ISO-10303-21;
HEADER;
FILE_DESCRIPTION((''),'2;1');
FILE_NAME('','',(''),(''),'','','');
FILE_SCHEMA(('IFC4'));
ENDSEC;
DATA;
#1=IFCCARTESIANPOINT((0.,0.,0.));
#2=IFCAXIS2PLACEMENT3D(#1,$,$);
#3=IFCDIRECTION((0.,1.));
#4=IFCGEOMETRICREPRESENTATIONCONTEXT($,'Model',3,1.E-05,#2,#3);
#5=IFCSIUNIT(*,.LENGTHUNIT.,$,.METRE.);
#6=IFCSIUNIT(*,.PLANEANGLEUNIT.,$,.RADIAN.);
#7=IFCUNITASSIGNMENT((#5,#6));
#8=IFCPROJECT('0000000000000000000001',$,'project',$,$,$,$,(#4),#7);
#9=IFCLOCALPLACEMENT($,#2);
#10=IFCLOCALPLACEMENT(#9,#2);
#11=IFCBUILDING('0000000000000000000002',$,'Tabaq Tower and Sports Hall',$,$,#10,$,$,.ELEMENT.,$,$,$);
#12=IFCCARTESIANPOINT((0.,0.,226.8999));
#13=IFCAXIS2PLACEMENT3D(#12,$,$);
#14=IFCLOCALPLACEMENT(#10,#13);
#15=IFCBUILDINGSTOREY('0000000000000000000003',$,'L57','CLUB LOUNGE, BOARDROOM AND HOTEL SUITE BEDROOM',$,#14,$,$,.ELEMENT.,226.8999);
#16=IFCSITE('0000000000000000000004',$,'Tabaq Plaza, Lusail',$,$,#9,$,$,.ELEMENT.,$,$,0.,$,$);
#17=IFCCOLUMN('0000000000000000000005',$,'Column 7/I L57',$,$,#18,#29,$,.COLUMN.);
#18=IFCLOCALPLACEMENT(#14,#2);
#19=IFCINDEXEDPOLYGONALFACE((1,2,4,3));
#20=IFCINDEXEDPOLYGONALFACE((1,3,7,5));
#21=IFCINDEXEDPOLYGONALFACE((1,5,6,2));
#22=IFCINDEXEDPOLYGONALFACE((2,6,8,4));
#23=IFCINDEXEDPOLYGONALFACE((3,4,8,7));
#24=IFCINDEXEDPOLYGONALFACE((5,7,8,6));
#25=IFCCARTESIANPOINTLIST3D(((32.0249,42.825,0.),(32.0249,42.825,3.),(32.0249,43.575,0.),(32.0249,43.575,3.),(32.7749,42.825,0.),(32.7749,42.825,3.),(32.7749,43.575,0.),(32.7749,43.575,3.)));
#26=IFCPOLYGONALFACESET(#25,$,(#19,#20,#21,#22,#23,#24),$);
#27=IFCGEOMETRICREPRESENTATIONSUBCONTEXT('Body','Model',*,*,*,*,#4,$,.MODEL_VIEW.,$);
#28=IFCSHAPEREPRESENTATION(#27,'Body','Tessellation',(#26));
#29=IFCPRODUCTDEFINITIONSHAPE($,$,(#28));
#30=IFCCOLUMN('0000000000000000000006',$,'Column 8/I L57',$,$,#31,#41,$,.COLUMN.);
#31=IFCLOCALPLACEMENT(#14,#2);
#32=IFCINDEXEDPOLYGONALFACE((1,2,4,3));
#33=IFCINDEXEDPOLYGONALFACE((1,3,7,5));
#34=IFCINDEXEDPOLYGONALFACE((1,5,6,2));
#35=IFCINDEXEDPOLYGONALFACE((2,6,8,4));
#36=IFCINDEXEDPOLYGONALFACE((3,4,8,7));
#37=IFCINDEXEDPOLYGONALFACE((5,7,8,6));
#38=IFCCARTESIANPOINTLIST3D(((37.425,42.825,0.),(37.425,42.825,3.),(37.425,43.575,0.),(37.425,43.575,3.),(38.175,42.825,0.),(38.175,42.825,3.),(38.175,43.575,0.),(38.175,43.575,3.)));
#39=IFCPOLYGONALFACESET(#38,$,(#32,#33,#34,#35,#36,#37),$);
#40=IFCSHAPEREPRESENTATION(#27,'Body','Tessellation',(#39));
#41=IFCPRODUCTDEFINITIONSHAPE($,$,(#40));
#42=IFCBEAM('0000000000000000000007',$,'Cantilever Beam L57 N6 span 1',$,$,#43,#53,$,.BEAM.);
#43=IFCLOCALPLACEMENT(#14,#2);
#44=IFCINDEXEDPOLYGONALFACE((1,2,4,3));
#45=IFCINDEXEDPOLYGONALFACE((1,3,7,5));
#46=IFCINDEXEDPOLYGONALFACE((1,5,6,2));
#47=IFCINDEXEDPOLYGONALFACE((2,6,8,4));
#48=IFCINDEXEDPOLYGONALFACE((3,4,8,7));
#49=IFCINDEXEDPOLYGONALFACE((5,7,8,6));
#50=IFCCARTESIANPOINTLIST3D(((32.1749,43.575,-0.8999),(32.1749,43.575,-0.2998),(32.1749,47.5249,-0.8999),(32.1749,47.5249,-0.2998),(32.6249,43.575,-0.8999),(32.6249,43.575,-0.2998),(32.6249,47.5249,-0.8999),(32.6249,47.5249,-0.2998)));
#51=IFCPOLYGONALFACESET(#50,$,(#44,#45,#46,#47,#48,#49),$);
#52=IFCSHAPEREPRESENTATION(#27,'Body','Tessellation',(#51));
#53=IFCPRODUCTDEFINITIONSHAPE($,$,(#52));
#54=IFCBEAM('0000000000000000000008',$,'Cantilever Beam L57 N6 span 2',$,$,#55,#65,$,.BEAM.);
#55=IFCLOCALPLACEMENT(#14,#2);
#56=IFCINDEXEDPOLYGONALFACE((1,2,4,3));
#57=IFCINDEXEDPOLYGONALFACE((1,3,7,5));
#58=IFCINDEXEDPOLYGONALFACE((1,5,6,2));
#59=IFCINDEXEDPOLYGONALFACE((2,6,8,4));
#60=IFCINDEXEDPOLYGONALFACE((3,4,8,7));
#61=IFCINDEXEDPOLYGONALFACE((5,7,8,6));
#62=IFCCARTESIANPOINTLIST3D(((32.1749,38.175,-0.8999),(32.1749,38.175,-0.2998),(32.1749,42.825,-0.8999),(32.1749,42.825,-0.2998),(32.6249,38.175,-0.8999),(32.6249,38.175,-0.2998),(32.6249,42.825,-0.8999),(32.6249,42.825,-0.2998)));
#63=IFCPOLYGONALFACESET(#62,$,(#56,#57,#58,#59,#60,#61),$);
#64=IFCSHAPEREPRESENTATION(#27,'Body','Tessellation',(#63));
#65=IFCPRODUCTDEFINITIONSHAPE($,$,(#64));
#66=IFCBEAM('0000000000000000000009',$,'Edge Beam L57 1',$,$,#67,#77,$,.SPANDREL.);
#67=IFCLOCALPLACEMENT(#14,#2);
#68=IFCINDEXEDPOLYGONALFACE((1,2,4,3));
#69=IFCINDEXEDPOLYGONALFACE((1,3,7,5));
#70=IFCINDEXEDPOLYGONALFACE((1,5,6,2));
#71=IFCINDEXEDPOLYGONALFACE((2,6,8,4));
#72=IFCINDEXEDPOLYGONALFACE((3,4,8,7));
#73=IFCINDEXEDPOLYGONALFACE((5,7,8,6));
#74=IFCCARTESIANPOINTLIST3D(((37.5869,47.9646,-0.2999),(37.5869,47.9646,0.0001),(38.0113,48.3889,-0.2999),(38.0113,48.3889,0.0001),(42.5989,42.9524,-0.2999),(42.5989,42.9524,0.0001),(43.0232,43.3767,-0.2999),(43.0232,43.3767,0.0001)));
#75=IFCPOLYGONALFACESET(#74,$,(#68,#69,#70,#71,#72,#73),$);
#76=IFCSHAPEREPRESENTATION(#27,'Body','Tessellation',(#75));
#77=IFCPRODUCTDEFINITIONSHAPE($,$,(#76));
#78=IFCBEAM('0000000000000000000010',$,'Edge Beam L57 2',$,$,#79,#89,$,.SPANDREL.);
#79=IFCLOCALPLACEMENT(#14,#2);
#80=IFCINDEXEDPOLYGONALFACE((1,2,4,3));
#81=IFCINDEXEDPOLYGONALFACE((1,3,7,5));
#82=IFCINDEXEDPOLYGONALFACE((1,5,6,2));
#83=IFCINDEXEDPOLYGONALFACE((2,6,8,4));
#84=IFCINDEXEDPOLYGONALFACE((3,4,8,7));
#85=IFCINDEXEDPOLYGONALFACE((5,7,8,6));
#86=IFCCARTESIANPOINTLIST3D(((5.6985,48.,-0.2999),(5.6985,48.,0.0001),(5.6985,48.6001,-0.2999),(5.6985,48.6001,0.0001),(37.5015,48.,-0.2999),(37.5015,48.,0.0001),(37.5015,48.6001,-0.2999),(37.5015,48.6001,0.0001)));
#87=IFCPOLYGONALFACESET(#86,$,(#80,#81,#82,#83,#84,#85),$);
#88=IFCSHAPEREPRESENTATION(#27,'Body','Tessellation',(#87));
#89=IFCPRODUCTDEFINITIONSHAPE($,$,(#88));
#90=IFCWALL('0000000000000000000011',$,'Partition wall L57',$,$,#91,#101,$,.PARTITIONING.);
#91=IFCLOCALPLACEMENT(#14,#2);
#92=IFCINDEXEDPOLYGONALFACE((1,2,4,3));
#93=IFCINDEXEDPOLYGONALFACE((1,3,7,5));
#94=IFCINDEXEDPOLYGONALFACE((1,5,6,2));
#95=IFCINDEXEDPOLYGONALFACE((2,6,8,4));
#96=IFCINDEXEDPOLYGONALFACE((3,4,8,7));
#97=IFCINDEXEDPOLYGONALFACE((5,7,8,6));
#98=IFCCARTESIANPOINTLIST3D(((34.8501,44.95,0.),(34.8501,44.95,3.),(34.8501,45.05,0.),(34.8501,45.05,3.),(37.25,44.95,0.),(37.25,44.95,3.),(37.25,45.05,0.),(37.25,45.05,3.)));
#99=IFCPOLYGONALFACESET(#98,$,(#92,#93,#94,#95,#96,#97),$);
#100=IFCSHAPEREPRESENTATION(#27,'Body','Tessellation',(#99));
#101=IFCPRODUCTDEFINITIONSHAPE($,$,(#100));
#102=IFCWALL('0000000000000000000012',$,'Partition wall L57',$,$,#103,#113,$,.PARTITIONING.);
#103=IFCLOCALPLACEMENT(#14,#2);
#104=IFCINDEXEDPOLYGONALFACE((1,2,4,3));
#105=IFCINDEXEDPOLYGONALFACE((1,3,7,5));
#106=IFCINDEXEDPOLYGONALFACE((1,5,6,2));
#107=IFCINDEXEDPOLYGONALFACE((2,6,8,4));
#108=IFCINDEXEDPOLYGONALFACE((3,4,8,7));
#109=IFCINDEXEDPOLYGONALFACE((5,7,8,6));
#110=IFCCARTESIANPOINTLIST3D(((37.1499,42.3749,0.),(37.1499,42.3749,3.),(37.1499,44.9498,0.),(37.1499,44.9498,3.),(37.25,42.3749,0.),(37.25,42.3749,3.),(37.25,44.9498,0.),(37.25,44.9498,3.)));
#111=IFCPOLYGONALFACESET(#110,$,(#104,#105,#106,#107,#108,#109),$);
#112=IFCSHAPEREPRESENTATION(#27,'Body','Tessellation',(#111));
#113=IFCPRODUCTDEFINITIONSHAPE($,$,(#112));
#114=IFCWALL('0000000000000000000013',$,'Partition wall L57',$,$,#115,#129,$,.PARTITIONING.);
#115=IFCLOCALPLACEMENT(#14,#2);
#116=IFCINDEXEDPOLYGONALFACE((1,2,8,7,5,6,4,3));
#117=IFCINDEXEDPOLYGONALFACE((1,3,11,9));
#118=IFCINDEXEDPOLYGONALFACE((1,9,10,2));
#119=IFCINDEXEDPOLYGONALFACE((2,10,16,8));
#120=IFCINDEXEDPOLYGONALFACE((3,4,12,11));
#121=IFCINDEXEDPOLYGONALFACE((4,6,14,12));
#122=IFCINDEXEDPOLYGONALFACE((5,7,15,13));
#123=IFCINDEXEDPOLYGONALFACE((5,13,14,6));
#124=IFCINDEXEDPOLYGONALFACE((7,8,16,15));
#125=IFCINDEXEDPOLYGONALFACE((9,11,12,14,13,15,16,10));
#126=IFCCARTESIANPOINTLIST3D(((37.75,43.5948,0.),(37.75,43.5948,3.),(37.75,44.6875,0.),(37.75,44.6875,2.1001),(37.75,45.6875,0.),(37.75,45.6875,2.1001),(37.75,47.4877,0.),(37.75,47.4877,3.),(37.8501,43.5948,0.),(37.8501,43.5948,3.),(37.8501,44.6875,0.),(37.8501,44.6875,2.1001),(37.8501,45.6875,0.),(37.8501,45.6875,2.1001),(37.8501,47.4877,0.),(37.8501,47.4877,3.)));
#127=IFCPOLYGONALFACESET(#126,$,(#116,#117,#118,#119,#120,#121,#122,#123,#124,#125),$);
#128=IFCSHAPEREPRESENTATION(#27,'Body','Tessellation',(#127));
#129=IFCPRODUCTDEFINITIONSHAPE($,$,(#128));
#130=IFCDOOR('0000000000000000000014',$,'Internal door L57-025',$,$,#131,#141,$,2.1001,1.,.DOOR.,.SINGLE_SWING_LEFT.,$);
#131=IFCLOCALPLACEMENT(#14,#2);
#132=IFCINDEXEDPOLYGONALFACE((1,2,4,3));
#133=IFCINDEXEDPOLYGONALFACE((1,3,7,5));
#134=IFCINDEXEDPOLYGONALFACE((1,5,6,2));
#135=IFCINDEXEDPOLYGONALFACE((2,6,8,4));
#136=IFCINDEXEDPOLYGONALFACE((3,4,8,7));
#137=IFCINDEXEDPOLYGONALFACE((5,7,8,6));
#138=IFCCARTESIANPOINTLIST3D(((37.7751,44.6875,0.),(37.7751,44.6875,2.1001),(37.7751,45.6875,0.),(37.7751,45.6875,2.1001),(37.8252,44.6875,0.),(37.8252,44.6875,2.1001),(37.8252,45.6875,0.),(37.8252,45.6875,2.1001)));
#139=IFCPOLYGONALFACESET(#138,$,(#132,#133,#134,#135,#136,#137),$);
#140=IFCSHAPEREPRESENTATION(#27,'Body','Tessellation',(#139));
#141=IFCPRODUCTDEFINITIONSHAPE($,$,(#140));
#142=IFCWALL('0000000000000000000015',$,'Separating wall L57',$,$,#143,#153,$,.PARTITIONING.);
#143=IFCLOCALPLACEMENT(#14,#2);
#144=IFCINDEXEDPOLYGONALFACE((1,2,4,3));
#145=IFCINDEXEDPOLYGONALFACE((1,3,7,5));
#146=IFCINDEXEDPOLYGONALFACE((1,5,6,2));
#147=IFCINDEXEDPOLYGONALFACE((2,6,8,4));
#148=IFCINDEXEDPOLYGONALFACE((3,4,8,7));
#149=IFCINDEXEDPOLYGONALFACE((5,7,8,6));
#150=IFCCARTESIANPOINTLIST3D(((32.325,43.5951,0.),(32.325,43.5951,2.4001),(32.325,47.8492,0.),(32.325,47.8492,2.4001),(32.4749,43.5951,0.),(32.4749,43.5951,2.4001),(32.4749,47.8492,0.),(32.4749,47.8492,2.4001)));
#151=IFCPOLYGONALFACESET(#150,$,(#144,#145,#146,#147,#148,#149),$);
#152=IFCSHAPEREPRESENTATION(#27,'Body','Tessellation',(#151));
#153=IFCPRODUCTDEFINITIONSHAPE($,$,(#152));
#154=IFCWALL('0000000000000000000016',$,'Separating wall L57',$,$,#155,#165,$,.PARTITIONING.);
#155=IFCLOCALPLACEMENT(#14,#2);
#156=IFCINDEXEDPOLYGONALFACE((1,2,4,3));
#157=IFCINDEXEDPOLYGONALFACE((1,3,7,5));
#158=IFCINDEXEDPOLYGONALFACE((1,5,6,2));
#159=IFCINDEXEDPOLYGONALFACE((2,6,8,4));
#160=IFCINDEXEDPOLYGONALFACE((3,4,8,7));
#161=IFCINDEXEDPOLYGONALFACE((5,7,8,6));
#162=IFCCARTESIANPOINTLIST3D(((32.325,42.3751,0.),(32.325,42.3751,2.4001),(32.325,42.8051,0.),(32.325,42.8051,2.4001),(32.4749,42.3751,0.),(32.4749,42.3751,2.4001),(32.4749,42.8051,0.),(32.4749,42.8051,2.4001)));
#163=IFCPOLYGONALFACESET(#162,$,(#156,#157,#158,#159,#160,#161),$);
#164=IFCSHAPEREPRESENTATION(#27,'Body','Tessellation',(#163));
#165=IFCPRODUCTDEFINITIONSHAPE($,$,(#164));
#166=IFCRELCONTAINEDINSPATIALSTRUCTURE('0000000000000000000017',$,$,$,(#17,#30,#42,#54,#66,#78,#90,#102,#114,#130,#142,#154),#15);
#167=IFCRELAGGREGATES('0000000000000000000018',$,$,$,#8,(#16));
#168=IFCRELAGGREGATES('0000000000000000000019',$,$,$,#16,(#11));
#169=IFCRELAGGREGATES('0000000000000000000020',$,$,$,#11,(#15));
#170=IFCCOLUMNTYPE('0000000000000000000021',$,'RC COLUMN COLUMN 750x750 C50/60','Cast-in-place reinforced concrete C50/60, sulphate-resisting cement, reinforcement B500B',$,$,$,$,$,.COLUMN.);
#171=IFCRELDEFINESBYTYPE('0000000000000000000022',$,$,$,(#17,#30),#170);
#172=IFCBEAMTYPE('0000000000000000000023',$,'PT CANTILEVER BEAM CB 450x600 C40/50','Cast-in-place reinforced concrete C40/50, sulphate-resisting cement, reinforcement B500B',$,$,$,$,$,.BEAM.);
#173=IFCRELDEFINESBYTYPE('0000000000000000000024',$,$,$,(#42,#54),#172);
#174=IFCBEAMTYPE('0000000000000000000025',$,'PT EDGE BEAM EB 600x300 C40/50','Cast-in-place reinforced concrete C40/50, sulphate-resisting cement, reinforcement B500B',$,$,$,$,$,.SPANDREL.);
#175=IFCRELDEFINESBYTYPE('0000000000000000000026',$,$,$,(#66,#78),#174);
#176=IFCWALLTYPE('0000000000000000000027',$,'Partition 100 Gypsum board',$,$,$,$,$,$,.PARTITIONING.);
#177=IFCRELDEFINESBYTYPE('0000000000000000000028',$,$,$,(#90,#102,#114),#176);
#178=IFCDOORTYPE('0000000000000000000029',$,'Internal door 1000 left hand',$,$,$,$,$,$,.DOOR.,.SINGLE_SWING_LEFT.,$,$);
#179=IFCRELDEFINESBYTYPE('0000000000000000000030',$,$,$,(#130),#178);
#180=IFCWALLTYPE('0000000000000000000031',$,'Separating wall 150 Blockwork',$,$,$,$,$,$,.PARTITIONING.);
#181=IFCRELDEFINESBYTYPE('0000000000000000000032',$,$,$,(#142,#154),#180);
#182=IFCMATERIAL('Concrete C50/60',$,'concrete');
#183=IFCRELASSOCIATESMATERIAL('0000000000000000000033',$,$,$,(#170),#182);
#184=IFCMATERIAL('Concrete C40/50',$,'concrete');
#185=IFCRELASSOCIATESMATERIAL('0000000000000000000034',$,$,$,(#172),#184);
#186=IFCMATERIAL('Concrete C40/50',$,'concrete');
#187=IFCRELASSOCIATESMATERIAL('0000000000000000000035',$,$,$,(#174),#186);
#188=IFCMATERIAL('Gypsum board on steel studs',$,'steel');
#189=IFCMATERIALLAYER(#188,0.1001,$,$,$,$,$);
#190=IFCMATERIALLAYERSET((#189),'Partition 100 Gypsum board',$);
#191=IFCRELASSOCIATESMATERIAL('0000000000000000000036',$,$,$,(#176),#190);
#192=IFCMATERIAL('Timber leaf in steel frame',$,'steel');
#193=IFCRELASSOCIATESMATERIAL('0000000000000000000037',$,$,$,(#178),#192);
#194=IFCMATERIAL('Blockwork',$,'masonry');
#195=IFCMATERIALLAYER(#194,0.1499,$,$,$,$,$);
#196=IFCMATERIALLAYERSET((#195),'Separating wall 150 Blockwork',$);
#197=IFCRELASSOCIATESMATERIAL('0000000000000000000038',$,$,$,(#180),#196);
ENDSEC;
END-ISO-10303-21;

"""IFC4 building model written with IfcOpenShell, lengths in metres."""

from ifc_helpers import new_model, si_unit, direction, frame, frame_2d, origin, origin_2d, place, context, subcontext, project, spatial, rectangle, extrude, material, layer, layer_set, material_profile, profile_set, type_object, element, fill, save


model = new_model("IFC4")

# Units and contexts
model_context = context("Model", 3, precision=1e-05, world=origin(), true_north=direction((0.0, 1.0)))
body_context = subcontext(model_context, "Body", "Model", "MODEL_VIEW")
ifc_project = project(units=[si_unit("LENGTHUNIT", "METRE"), si_unit("PLANEANGLEUNIT", "RADIAN")], contexts=[model_context])

# Site, building, storey
site_placement = place(None, origin())
site = spatial("IfcSite", under=ifc_project, at=site_placement, Name="Tabaq Plaza, Lusail", CompositionType="ELEMENT", RefElevation=0.0)
building_placement = place(site_placement, origin())
building = spatial("IfcBuilding", under=site, at=building_placement, Name="Tabaq Tower and Sports Hall", CompositionType="ELEMENT")
storey_placement = place(building_placement, frame((0.0, 0.0, 226.8999)))
storey = spatial("IfcBuildingStorey", under=building, at=storey_placement, Name="L57", Description="CLUB LOUNGE, BOARDROOM AND HOTEL SUITE BEDROOM", CompositionType="ELEMENT", Elevation=226.8999)

# Columns
ifc_material_1 = material(Name="Concrete C50/60", Category="concrete")
ifc_material_profile_1 = material_profile(ifc_material_1, rectangle(XDim=0.75, YDim=0.75, at=origin_2d()), Name="COLUMN 750x750")
ifc_profile_set_1 = profile_set([ifc_material_profile_1], Name="Concrete C50/60")
column_type = type_object("IfcColumnType", Name="RC COLUMN COLUMN 750x750 C50/60", Description="Cast-in-place reinforced concrete C50/60, sulphate-resisting cement, reinforcement B500B", PredefinedType="COLUMN", material=ifc_profile_set_1)
for number, where, z_axis, x_axis, name in (
    (1, (32.3999, 43.2, 0.0), (0.0, 0.0, 1.0), (1.0, 0.0, 0.0), "Column 7/I L57"),
    (2, (37.8, 43.2, 0.0), (0.0, 0.0, 1.0), (1.0, 0.0, 0.0), "Column 8/I L57"),
):
    element("IfcColumn", number, at=place(storey_placement, frame(where, z_axis=z_axis, x_axis=x_axis)), inside=storey, type_object=column_type, Name=name, PredefinedType="COLUMN", context=body_context, shape_type="SweptSolid", body=[
        extrude(rectangle(XDim=0.75, YDim=0.75, at=origin_2d()), origin(), (0.0, 0.0, 1.0), 3.0),
    ])

# Beams
ifc_material_2 = material(Name="Concrete C40/50", Category="concrete")
ifc_material_profile_2 = material_profile(ifc_material_2, rectangle(XDim=0.45, YDim=0.6001, at=origin_2d()), Name="CB 450x600")
ifc_profile_set_2 = profile_set([ifc_material_profile_2], Name="Concrete C40/50")
beam_type_1 = type_object("IfcBeamType", Name="PT CANTILEVER BEAM CB 450x600 C40/50", Description="Cast-in-place reinforced concrete C40/50, sulphate-resisting cement, reinforcement B500B", PredefinedType="BEAM", material=ifc_profile_set_2)
beam_1_placement = place(storey_placement, frame((32.3999, 47.5249, -0.5999), z_axis=(0.0, -1.0, 0.0), x_axis=(1.0, 0.0, 0.0)))
element("IfcBeam", 3, at=beam_1_placement, inside=storey, type_object=beam_type_1, Name="Cantilever Beam L57 N6 span 1", PredefinedType="BEAM", context=body_context, shape_type="SweptSolid", body=[
    extrude(rectangle(XDim=0.45, YDim=0.6001, at=origin_2d()), origin(), (0.0, 0.0, 1.0), 3.95),
])
beam_2_placement = place(storey_placement, frame((32.3999, 42.825, -0.5999), z_axis=(0.0, -1.0, 0.0), x_axis=(1.0, 0.0, 0.0)))
element("IfcBeam", 4, at=beam_2_placement, inside=storey, type_object=beam_type_1, Name="Cantilever Beam L57 N6 span 2", PredefinedType="BEAM", context=body_context, shape_type="SweptSolid", body=[
    extrude(rectangle(XDim=0.45, YDim=0.6001, at=origin_2d()), origin(), (0.0, 0.0, 1.0), 4.6499),
])
ifc_material_3 = material(Name="Concrete C40/50", Category="concrete")
ifc_material_profile_3 = material_profile(ifc_material_3, rectangle(XDim=0.6001, YDim=0.3, at=origin_2d()), Name="EB 600x300")
ifc_profile_set_3 = profile_set([ifc_material_profile_3], Name="Concrete C40/50")
beam_type_2 = type_object("IfcBeamType", Name="PT EDGE BEAM EB 600x300 C40/50", Description="Cast-in-place reinforced concrete C40/50, sulphate-resisting cement, reinforcement B500B", PredefinedType="SPANDREL", material=ifc_profile_set_3)
beam_3_placement = place(storey_placement, frame((42.811, 43.1646, -0.1499), z_axis=(-0.70709, 0.707124, 0.0), x_axis=(-0.707124, -0.70709, 0.0)))
element("IfcBeam", 5, at=beam_3_placement, inside=storey, type_object=beam_type_2, Name="Edge Beam L57 1", PredefinedType="SPANDREL", context=body_context, shape_type="SweptSolid", body=[
    extrude(rectangle(XDim=0.6001, YDim=0.3, at=origin_2d()), origin(), (0.0, 0.0, 1.0), 7.0881),
])
beam_4_placement = place(storey_placement, frame((37.5015, 48.3, -0.1499), z_axis=(-1.0, 0.0, 0.0), x_axis=(0.0, -1.0, 0.0)))
element("IfcBeam", 6, at=beam_4_placement, inside=storey, type_object=beam_type_2, Name="Edge Beam L57 2", PredefinedType="SPANDREL", context=body_context, shape_type="SweptSolid", body=[
    extrude(rectangle(XDim=0.6001, YDim=0.3, at=origin_2d()), origin(), (0.0, 0.0, 1.0), 31.803),
])

# Walls
ifc_material_4 = material(Name="Gypsum board on steel studs", Category="steel")
ifc_layer_1 = layer(ifc_material_4, 0.1001)
ifc_layer_set_1 = layer_set([ifc_layer_1], Name="Partition 100 Gypsum board")
wall_type_1 = type_object("IfcWallType", Name="Partition 100 Gypsum board", PredefinedType="PARTITIONING", material=ifc_layer_set_1)
wall_1_placement = place(storey_placement, frame((34.8501, 45.0, 0.0), z_axis=(0.0, 0.0, 1.0), x_axis=(1.0, 0.0, 0.0)))
element("IfcWall", 7, at=wall_1_placement, inside=storey, type_object=wall_type_1, Name="Partition wall L57", PredefinedType="PARTITIONING", context=body_context, shape_type="SweptSolid", body=[
    extrude(rectangle(XDim=2.3999, YDim=0.1001, at=frame_2d((1.2, 0.0))), origin(), (0.0, 0.0, 1.0), 3.0),
])
wall_2_placement = place(storey_placement, frame((37.2, 44.95, 0.0), z_axis=(0.0, 0.0, 1.0), x_axis=(0.0, -1.0, 0.0)))
element("IfcWall", 8, at=wall_2_placement, inside=storey, type_object=wall_type_1, Name="Partition wall L57", PredefinedType="PARTITIONING", context=body_context, shape_type="SweptSolid", body=[
    extrude(rectangle(XDim=2.575, YDim=0.1001, at=frame_2d((1.2876, 0.0))), origin(), (0.0, 0.0, 1.0), 3.0),
])

# Wall, opening, door
wall_3_placement = place(storey_placement, frame((37.8, 43.595, 0.0), z_axis=(0.0, 0.0, 1.0), x_axis=(0.0, 1.0, 0.0)))
wall_3 = element("IfcWall", 9, at=wall_3_placement, inside=storey, type_object=wall_type_1, Name="Partition wall L57", PredefinedType="PARTITIONING", context=body_context, shape_type="SweptSolid", body=[
    extrude(rectangle(XDim=3.8928, YDim=0.1001, at=frame_2d((1.9463, 0.0))), origin(), (0.0, 0.0, 1.0), 3.0),
])
opening_1_placement = place(wall_3_placement, frame((1.0925, 0.0, 0.0)))
opening_1 = element("IfcOpeningElement", 10, at=opening_1_placement, cuts=wall_3, PredefinedType="OPENING", context=body_context, shape_type="SweptSolid", body=[
    extrude(rectangle(XDim=1.0, YDim=2.1001, at=frame_2d((0.5, 1.05))), frame((0.0, 0.05, 0.0), z_axis=(0.0, -1.0, 0.0), x_axis=(1.0, 0.0, 0.0)), (0.0, 0.0, 1.0), 0.1001),
])
ifc_material_5 = material(Name="Timber leaf in steel frame", Category="steel")
door_type = type_object("IfcDoorType", Name="Internal door 1000 left hand", OperationType="SINGLE_SWING_LEFT", PredefinedType="DOOR", material=ifc_material_5)
door_placement = place(opening_1_placement, origin())
door = element("IfcDoor", 11, at=door_placement, inside=storey, type_object=door_type, Name="Internal door L57-025", OperationType="SINGLE_SWING_LEFT", OverallHeight=2.1001, OverallWidth=1.0, PredefinedType="DOOR", context=body_context, shape_type="SweptSolid", body=[
    extrude(rectangle(XDim=1.0, YDim=2.1001, at=frame_2d((0.5, 1.05))), frame((0.0, 0.0249, 0.0), z_axis=(0.0, -1.0, 0.0), x_axis=(1.0, 0.0, 0.0)), (0.0, 0.0, 1.0), 0.05),
])
fill(opening_1, door)

# Walls
ifc_material_6 = material(Name="Blockwork", Category="masonry")
ifc_layer_2 = layer(ifc_material_6, 0.1499)
ifc_layer_set_2 = layer_set([ifc_layer_2], Name="Separating wall 150 Blockwork")
wall_type_2 = type_object("IfcWallType", Name="Separating wall 150 Blockwork", PredefinedType="PARTITIONING", material=ifc_layer_set_2)
wall_4_placement = place(storey_placement, frame((32.3999, 47.8491, 0.0), z_axis=(0.0, 0.0, 1.0), x_axis=(0.0, -1.0, 0.0)))
element("IfcWall", 12, at=wall_4_placement, inside=storey, type_object=wall_type_2, Name="Separating wall L57", PredefinedType="PARTITIONING", context=body_context, shape_type="SweptSolid", body=[
    extrude(rectangle(XDim=4.2542, YDim=0.1499, at=frame_2d((2.127, 0.0))), origin(), (0.0, 0.0, 1.0), 2.4001),
])
wall_5_placement = place(storey_placement, frame((32.3999, 42.8049, 0.0), z_axis=(0.0, 0.0, 1.0), x_axis=(0.0, -1.0, 0.0)))
element("IfcWall", 13, at=wall_5_placement, inside=storey, type_object=wall_type_2, Name="Separating wall L57", PredefinedType="PARTITIONING", context=body_context, shape_type="SweptSolid", body=[
    extrude(rectangle(XDim=0.4299, YDim=0.1499, at=frame_2d((0.2148, 0.0))), origin(), (0.0, 0.0, 1.0), 2.4001),
])

save(model, "model.ifc")
